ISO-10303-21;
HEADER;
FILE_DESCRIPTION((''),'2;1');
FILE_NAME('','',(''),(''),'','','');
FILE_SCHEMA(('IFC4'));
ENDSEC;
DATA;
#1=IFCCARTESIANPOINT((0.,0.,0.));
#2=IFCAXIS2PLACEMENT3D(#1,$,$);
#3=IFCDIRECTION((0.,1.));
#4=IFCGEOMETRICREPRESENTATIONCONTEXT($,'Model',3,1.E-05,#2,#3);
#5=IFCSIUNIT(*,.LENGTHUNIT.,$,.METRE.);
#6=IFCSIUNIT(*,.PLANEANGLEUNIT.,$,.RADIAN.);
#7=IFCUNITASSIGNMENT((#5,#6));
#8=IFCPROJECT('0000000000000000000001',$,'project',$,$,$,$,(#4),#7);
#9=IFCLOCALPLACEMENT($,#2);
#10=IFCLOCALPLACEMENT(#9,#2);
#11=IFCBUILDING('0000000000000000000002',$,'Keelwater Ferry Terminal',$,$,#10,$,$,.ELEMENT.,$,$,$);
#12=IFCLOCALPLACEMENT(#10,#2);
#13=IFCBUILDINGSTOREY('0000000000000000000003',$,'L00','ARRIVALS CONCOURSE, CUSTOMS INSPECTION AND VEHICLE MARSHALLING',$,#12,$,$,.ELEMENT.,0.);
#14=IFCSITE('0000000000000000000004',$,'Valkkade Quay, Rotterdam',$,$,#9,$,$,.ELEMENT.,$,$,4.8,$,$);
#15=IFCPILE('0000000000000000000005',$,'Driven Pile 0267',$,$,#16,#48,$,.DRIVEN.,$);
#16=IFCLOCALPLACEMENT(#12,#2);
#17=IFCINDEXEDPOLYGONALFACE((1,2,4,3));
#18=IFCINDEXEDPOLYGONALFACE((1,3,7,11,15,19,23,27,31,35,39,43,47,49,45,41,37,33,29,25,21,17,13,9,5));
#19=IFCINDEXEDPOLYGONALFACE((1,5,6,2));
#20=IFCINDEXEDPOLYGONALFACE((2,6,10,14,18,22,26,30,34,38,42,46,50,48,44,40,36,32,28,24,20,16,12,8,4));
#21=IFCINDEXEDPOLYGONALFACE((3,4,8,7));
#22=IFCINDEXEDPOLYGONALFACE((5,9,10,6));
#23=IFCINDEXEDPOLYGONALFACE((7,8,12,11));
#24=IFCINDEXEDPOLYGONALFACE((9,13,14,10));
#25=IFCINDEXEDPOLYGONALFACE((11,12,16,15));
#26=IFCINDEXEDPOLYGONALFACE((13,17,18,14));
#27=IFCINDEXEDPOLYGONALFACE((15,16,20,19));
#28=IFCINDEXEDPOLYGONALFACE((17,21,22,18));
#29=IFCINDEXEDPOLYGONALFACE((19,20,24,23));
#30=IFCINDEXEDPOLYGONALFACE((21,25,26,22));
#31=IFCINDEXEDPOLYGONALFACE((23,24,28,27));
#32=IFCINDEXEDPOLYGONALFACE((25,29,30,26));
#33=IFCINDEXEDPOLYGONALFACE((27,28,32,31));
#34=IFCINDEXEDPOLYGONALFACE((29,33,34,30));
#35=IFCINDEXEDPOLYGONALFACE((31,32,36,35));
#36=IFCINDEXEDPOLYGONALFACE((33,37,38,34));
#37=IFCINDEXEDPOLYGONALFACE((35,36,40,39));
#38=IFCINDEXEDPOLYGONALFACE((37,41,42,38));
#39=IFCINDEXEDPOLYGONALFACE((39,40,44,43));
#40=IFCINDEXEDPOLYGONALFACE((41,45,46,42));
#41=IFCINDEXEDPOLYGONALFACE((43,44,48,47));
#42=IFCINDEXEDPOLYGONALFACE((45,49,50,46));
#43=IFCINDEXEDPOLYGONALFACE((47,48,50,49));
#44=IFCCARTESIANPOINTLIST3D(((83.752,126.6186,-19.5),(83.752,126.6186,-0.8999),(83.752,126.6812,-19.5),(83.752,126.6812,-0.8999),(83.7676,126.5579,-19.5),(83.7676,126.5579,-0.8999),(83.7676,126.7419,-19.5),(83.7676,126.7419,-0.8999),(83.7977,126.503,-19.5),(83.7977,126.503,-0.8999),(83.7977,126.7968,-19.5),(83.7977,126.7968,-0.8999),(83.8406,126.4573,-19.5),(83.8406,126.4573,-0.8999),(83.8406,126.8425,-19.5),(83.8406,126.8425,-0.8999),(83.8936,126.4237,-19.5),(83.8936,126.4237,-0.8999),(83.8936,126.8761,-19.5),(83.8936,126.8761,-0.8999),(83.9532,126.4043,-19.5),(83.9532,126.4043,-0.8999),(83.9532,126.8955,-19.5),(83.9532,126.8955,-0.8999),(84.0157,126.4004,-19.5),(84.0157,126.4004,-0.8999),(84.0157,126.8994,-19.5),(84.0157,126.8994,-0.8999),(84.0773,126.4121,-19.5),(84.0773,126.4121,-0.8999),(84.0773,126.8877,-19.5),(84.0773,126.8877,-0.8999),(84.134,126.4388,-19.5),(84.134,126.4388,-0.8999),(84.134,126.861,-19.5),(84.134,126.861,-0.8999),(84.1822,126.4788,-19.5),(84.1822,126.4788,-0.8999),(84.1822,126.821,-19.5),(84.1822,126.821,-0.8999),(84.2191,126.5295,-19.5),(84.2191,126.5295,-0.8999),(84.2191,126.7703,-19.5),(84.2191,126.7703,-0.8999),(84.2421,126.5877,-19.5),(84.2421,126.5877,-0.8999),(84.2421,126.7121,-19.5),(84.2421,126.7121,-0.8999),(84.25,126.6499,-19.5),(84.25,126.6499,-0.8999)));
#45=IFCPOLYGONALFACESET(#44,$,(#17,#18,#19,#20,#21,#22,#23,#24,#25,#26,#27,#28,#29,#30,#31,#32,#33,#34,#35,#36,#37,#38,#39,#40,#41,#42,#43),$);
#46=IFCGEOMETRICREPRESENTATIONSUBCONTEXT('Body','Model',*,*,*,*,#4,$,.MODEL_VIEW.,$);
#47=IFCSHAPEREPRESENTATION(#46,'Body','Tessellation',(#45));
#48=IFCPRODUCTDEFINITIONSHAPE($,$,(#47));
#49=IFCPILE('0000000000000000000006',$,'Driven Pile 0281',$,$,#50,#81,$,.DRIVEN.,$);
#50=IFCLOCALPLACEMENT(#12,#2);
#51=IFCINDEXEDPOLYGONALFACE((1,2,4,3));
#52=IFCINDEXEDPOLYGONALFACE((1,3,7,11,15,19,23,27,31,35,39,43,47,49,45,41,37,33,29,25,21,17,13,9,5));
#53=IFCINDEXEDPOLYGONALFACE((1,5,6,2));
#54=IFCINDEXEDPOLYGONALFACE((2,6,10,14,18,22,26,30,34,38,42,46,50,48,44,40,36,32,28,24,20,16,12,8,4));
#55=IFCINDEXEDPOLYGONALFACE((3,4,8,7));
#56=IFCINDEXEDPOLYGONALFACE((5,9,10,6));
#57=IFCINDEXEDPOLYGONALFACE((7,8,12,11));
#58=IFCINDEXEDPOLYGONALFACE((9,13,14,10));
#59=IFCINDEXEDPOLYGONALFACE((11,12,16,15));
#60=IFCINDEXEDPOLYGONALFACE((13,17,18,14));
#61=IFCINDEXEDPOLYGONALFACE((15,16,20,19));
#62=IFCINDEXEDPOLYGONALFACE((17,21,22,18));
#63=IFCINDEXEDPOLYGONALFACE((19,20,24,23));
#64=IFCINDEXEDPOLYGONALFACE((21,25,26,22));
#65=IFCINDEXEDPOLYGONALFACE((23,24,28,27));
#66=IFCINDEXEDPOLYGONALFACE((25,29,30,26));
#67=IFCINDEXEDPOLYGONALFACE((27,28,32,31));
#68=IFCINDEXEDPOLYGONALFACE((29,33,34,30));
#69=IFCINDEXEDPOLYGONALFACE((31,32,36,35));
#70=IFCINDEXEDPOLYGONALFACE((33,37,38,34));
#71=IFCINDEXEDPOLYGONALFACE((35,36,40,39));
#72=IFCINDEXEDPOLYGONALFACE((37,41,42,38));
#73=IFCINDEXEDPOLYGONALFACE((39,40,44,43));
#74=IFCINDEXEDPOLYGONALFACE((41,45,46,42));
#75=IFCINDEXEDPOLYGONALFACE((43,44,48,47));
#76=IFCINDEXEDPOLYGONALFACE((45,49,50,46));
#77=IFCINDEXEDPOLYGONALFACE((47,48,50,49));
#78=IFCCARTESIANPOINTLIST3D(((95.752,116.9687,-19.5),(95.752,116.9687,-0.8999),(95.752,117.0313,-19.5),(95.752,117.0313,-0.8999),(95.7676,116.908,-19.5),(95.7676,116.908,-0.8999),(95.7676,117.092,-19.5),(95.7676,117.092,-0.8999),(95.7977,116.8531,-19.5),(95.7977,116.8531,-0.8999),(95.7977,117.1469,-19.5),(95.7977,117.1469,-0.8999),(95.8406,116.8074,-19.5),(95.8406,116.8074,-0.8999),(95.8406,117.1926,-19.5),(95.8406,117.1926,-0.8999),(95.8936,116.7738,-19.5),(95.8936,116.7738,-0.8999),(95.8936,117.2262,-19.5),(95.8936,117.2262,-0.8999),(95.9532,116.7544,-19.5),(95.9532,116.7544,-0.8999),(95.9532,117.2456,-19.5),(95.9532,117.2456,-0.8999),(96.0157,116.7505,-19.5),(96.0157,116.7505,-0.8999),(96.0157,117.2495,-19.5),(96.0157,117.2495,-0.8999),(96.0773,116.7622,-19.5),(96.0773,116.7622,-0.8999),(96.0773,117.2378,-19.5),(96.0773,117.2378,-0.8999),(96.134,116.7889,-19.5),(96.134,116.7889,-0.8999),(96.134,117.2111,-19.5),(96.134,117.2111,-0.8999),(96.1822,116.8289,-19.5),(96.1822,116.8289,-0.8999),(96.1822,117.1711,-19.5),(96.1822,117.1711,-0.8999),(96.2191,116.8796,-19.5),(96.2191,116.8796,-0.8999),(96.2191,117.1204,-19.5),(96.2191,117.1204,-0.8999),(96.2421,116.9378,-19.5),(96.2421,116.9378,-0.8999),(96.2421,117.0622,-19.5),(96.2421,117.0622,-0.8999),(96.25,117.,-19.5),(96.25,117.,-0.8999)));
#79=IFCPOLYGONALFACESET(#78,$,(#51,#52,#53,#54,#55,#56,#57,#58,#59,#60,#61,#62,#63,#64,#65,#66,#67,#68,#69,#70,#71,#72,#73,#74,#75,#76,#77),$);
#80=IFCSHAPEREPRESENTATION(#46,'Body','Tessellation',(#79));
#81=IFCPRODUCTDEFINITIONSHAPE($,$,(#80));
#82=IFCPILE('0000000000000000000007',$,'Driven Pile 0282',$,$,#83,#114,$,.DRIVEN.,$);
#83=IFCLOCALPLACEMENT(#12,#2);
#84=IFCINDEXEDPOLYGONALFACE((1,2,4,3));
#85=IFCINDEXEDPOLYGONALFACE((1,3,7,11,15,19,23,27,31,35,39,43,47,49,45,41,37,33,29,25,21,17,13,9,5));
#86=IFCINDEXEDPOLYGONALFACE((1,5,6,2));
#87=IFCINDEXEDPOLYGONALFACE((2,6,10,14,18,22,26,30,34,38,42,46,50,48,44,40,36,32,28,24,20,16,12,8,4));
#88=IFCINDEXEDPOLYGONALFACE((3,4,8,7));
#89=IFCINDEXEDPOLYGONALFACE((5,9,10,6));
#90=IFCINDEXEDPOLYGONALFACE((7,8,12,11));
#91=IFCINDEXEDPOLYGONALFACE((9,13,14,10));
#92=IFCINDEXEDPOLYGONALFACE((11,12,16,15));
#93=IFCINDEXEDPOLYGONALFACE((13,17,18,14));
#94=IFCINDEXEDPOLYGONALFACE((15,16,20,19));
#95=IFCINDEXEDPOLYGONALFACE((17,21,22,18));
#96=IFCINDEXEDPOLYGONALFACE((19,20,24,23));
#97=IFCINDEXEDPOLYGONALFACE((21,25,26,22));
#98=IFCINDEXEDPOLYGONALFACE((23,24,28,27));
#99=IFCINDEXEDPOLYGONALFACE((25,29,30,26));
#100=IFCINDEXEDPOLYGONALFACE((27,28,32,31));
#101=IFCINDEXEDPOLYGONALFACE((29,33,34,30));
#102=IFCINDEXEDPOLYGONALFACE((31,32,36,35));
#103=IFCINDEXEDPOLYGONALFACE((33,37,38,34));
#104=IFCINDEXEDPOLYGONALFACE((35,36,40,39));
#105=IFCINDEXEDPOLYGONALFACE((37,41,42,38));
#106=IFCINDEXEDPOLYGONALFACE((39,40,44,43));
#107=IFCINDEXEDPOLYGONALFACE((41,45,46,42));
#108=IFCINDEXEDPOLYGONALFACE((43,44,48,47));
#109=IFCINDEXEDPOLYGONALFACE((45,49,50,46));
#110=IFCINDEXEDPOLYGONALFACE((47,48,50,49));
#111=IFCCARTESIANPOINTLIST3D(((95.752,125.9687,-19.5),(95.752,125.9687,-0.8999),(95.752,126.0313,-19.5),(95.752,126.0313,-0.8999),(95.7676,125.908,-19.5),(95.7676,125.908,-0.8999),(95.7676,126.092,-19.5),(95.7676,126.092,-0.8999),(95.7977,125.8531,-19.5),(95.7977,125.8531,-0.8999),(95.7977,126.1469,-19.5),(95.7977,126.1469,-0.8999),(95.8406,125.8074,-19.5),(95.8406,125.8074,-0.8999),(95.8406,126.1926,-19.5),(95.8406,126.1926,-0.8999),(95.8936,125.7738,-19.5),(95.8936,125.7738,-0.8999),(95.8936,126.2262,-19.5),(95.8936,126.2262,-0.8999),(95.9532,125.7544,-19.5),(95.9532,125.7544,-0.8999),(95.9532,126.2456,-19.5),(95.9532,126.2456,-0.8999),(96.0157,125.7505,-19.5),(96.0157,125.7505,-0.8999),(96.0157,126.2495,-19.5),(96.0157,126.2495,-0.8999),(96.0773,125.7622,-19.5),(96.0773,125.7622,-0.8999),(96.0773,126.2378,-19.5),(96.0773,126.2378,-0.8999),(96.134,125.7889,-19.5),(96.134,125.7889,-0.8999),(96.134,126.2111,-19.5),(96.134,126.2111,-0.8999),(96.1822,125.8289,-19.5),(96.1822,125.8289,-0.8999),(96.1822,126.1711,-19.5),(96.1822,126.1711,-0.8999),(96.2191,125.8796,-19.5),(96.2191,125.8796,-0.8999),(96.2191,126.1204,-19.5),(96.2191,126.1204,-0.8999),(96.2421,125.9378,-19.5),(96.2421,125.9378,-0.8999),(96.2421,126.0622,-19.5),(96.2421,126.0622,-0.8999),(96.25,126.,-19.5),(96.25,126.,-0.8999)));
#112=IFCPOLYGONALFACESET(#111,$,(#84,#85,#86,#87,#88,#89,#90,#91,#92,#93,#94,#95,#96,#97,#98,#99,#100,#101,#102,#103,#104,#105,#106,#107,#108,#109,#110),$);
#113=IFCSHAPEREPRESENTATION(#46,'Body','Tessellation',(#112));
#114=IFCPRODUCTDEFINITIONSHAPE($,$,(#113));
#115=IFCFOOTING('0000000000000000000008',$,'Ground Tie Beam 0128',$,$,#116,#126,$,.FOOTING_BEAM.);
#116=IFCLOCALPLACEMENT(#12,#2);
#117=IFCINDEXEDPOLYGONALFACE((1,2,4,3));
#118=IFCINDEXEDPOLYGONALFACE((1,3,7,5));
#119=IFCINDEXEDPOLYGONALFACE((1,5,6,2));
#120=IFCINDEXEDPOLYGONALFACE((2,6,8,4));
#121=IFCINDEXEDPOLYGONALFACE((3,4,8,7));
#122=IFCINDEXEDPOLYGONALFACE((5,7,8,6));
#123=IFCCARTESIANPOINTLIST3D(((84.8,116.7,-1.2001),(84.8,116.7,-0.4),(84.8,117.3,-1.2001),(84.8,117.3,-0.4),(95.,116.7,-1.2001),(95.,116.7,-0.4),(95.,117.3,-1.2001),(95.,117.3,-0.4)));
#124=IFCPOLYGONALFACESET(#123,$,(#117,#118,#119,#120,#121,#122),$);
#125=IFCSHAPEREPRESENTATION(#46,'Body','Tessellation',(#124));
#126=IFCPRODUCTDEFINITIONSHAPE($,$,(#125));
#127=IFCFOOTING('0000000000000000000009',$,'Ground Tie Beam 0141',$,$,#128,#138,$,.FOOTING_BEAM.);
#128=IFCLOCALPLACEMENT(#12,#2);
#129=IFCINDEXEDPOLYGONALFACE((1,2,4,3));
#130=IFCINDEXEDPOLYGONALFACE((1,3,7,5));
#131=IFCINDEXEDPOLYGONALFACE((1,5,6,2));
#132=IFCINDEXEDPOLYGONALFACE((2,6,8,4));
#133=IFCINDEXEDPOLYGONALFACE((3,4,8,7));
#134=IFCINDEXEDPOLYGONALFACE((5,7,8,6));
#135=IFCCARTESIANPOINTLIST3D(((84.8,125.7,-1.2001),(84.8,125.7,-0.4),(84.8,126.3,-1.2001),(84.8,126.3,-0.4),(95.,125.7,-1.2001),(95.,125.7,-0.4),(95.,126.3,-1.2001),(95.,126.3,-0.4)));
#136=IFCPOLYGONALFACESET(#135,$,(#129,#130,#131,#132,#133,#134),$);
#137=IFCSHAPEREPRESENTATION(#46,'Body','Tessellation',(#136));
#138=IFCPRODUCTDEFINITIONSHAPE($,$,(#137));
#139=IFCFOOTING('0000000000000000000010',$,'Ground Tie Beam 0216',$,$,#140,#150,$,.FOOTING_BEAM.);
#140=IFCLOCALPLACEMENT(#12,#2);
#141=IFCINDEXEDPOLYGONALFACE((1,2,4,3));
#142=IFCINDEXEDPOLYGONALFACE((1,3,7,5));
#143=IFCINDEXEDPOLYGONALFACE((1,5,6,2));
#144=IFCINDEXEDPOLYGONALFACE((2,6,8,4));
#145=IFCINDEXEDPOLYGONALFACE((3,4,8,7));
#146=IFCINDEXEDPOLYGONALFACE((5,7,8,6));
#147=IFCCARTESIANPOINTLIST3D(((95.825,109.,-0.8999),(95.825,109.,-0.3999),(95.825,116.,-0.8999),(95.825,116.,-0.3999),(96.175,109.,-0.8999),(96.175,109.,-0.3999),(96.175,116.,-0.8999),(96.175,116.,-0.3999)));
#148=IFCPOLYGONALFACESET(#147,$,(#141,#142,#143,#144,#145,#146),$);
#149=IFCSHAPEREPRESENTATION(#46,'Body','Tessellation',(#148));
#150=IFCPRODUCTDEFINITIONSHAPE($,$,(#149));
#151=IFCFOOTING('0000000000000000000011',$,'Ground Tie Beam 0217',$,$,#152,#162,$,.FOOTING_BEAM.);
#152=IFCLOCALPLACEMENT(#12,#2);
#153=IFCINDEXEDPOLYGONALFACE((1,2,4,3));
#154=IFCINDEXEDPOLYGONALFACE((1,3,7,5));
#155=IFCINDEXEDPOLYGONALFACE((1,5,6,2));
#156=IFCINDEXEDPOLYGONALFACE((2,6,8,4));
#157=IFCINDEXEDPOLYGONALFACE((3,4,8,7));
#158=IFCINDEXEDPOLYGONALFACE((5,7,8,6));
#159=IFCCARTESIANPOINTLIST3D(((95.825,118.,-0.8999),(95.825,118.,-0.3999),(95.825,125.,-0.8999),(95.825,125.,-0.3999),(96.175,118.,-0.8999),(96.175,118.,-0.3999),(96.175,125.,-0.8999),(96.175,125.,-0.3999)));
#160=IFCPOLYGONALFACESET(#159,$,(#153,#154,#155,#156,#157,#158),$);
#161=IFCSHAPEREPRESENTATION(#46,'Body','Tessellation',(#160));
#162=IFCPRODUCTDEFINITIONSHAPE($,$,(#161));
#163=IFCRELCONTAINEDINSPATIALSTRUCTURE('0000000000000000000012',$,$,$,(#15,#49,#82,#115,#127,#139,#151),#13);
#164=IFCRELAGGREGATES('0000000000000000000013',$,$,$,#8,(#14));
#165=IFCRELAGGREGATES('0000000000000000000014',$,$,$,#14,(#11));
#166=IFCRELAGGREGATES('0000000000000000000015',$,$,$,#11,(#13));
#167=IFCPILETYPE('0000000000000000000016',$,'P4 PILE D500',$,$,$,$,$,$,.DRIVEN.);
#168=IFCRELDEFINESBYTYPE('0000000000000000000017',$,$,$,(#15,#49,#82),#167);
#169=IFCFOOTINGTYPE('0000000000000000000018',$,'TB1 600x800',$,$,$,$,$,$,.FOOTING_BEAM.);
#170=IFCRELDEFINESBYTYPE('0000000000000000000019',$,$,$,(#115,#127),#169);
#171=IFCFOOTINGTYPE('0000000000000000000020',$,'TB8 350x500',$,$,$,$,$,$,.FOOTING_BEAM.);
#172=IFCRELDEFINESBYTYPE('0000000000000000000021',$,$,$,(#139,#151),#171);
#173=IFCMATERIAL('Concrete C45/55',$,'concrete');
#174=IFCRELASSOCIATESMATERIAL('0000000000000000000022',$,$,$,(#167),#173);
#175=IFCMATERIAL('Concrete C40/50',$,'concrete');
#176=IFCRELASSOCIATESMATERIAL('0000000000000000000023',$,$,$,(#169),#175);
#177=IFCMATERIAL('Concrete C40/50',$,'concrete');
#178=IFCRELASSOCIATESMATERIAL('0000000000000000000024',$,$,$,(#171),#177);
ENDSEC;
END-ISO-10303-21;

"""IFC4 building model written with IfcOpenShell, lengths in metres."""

from ifc_helpers import new_model, si_unit, direction, frame, origin, origin_2d, place, context, subcontext, project, spatial, rectangle, circle, extrude, material, material_profile, profile_set, type_object, element, save


model = new_model("IFC4")

# Units and contexts
model_context = context("Model", 3, precision=1e-05, world=origin(), true_north=direction((0.0, 1.0)))
body_context = subcontext(model_context, "Body", "Model", "MODEL_VIEW")
ifc_project = project(units=[si_unit("LENGTHUNIT", "METRE"), si_unit("PLANEANGLEUNIT", "RADIAN")], contexts=[model_context])

# Site, building, storey
site_placement = place(None, origin())
site = spatial("IfcSite", under=ifc_project, at=site_placement, Name="Valkkade Quay, Rotterdam", CompositionType="ELEMENT", RefElevation=4.8)
building_placement = place(site_placement, origin())
building = spatial("IfcBuilding", under=site, at=building_placement, Name="Keelwater Ferry Terminal", CompositionType="ELEMENT")
storey_placement = place(building_placement, origin())
storey = spatial("IfcBuildingStorey", under=building, at=storey_placement, Name="L00", Description="ARRIVALS CONCOURSE, CUSTOMS INSPECTION AND VEHICLE MARSHALLING", CompositionType="ELEMENT", Elevation=0.0)

# Piles
ifc_material_1 = material(Name="Concrete C45/55", Category="concrete")
ifc_material_profile_1 = material_profile(ifc_material_1, circle(Radius=0.25, at=origin_2d()), Name="PILE D500")
ifc_profile_set_1 = profile_set([ifc_material_profile_1], Name="Concrete C45/55")
pile_type = type_object("IfcPileType", Name="P4 PILE D500", PredefinedType="DRIVEN", material=ifc_profile_set_1)
for number, where, z_axis, x_axis, name in (
    (1, (84.0, 126.6499, -0.8999), (0.0, 0.0, -1.0), (1.0, 0.0, 0.0), "Driven Pile 0267"),
    (2, (96.0, 117.0, -0.8999), (0.0, 0.0, -1.0), (1.0, 0.0, 0.0), "Driven Pile 0281"),
    (3, (96.0, 126.0, -0.8999), (0.0, 0.0, -1.0), (1.0, 0.0, 0.0), "Driven Pile 0282"),
):
    element("IfcPile", number, at=place(storey_placement, frame(where, z_axis=z_axis, x_axis=x_axis)), inside=storey, type_object=pile_type, Name=name, PredefinedType="DRIVEN", context=body_context, shape_type="SweptSolid", body=[
        extrude(circle(Radius=0.25, at=origin_2d()), origin(), (0.0, 0.0, 1.0), 18.6001),
    ])

# Footings
ifc_material_2 = material(Name="Concrete C40/50", Category="concrete")
ifc_material_profile_2 = material_profile(ifc_material_2, rectangle(XDim=0.6001, YDim=0.8, at=origin_2d()), Name="TB 600x800")
ifc_profile_set_2 = profile_set([ifc_material_profile_2], Name="Concrete C40/50")
footing_type_1 = type_object("IfcFootingType", Name="TB1 600x800", PredefinedType="FOOTING_BEAM", material=ifc_profile_set_2)
for number, where, z_axis, x_axis, name in (
    (4, (84.8, 117.0, -0.8), (1.0, 0.0, 0.0), (0.0, 1.0, 0.0), "Ground Tie Beam 0128"),
    (5, (84.8, 126.0, -0.8), (1.0, 0.0, 0.0), (0.0, 1.0, 0.0), "Ground Tie Beam 0141"),
):
    element("IfcFooting", number, at=place(storey_placement, frame(where, z_axis=z_axis, x_axis=x_axis)), inside=storey, type_object=footing_type_1, Name=name, PredefinedType="FOOTING_BEAM", context=body_context, shape_type="SweptSolid", body=[
        extrude(rectangle(XDim=0.6001, YDim=0.8, at=origin_2d()), origin(), (0.0, 0.0, 1.0), 10.2),
    ])
ifc_material_3 = material(Name="Concrete C40/50", Category="concrete")
ifc_material_profile_3 = material_profile(ifc_material_3, rectangle(XDim=0.3501, YDim=0.5, at=origin_2d()), Name="TB 350x500")
ifc_profile_set_3 = profile_set([ifc_material_profile_3], Name="Concrete C40/50")
footing_type_2 = type_object("IfcFootingType", Name="TB8 350x500", PredefinedType="FOOTING_BEAM", material=ifc_profile_set_3)
for number, where, z_axis, x_axis, name in (
    (6, (96.0, 109.0, -0.6499), (0.0, 1.0, 0.0), (-1.0, 0.0, 0.0), "Ground Tie Beam 0216"),
    (7, (96.0, 118.0, -0.6499), (0.0, 1.0, 0.0), (-1.0, 0.0, 0.0), "Ground Tie Beam 0217"),
):
    element("IfcFooting", number, at=place(storey_placement, frame(where, z_axis=z_axis, x_axis=x_axis)), inside=storey, type_object=footing_type_2, Name=name, PredefinedType="FOOTING_BEAM", context=body_context, shape_type="SweptSolid", body=[
        extrude(rectangle(XDim=0.3501, YDim=0.5, at=origin_2d()), origin(), (0.0, 0.0, 1.0), 7.0),
    ])

save(model, "model.ifc")
